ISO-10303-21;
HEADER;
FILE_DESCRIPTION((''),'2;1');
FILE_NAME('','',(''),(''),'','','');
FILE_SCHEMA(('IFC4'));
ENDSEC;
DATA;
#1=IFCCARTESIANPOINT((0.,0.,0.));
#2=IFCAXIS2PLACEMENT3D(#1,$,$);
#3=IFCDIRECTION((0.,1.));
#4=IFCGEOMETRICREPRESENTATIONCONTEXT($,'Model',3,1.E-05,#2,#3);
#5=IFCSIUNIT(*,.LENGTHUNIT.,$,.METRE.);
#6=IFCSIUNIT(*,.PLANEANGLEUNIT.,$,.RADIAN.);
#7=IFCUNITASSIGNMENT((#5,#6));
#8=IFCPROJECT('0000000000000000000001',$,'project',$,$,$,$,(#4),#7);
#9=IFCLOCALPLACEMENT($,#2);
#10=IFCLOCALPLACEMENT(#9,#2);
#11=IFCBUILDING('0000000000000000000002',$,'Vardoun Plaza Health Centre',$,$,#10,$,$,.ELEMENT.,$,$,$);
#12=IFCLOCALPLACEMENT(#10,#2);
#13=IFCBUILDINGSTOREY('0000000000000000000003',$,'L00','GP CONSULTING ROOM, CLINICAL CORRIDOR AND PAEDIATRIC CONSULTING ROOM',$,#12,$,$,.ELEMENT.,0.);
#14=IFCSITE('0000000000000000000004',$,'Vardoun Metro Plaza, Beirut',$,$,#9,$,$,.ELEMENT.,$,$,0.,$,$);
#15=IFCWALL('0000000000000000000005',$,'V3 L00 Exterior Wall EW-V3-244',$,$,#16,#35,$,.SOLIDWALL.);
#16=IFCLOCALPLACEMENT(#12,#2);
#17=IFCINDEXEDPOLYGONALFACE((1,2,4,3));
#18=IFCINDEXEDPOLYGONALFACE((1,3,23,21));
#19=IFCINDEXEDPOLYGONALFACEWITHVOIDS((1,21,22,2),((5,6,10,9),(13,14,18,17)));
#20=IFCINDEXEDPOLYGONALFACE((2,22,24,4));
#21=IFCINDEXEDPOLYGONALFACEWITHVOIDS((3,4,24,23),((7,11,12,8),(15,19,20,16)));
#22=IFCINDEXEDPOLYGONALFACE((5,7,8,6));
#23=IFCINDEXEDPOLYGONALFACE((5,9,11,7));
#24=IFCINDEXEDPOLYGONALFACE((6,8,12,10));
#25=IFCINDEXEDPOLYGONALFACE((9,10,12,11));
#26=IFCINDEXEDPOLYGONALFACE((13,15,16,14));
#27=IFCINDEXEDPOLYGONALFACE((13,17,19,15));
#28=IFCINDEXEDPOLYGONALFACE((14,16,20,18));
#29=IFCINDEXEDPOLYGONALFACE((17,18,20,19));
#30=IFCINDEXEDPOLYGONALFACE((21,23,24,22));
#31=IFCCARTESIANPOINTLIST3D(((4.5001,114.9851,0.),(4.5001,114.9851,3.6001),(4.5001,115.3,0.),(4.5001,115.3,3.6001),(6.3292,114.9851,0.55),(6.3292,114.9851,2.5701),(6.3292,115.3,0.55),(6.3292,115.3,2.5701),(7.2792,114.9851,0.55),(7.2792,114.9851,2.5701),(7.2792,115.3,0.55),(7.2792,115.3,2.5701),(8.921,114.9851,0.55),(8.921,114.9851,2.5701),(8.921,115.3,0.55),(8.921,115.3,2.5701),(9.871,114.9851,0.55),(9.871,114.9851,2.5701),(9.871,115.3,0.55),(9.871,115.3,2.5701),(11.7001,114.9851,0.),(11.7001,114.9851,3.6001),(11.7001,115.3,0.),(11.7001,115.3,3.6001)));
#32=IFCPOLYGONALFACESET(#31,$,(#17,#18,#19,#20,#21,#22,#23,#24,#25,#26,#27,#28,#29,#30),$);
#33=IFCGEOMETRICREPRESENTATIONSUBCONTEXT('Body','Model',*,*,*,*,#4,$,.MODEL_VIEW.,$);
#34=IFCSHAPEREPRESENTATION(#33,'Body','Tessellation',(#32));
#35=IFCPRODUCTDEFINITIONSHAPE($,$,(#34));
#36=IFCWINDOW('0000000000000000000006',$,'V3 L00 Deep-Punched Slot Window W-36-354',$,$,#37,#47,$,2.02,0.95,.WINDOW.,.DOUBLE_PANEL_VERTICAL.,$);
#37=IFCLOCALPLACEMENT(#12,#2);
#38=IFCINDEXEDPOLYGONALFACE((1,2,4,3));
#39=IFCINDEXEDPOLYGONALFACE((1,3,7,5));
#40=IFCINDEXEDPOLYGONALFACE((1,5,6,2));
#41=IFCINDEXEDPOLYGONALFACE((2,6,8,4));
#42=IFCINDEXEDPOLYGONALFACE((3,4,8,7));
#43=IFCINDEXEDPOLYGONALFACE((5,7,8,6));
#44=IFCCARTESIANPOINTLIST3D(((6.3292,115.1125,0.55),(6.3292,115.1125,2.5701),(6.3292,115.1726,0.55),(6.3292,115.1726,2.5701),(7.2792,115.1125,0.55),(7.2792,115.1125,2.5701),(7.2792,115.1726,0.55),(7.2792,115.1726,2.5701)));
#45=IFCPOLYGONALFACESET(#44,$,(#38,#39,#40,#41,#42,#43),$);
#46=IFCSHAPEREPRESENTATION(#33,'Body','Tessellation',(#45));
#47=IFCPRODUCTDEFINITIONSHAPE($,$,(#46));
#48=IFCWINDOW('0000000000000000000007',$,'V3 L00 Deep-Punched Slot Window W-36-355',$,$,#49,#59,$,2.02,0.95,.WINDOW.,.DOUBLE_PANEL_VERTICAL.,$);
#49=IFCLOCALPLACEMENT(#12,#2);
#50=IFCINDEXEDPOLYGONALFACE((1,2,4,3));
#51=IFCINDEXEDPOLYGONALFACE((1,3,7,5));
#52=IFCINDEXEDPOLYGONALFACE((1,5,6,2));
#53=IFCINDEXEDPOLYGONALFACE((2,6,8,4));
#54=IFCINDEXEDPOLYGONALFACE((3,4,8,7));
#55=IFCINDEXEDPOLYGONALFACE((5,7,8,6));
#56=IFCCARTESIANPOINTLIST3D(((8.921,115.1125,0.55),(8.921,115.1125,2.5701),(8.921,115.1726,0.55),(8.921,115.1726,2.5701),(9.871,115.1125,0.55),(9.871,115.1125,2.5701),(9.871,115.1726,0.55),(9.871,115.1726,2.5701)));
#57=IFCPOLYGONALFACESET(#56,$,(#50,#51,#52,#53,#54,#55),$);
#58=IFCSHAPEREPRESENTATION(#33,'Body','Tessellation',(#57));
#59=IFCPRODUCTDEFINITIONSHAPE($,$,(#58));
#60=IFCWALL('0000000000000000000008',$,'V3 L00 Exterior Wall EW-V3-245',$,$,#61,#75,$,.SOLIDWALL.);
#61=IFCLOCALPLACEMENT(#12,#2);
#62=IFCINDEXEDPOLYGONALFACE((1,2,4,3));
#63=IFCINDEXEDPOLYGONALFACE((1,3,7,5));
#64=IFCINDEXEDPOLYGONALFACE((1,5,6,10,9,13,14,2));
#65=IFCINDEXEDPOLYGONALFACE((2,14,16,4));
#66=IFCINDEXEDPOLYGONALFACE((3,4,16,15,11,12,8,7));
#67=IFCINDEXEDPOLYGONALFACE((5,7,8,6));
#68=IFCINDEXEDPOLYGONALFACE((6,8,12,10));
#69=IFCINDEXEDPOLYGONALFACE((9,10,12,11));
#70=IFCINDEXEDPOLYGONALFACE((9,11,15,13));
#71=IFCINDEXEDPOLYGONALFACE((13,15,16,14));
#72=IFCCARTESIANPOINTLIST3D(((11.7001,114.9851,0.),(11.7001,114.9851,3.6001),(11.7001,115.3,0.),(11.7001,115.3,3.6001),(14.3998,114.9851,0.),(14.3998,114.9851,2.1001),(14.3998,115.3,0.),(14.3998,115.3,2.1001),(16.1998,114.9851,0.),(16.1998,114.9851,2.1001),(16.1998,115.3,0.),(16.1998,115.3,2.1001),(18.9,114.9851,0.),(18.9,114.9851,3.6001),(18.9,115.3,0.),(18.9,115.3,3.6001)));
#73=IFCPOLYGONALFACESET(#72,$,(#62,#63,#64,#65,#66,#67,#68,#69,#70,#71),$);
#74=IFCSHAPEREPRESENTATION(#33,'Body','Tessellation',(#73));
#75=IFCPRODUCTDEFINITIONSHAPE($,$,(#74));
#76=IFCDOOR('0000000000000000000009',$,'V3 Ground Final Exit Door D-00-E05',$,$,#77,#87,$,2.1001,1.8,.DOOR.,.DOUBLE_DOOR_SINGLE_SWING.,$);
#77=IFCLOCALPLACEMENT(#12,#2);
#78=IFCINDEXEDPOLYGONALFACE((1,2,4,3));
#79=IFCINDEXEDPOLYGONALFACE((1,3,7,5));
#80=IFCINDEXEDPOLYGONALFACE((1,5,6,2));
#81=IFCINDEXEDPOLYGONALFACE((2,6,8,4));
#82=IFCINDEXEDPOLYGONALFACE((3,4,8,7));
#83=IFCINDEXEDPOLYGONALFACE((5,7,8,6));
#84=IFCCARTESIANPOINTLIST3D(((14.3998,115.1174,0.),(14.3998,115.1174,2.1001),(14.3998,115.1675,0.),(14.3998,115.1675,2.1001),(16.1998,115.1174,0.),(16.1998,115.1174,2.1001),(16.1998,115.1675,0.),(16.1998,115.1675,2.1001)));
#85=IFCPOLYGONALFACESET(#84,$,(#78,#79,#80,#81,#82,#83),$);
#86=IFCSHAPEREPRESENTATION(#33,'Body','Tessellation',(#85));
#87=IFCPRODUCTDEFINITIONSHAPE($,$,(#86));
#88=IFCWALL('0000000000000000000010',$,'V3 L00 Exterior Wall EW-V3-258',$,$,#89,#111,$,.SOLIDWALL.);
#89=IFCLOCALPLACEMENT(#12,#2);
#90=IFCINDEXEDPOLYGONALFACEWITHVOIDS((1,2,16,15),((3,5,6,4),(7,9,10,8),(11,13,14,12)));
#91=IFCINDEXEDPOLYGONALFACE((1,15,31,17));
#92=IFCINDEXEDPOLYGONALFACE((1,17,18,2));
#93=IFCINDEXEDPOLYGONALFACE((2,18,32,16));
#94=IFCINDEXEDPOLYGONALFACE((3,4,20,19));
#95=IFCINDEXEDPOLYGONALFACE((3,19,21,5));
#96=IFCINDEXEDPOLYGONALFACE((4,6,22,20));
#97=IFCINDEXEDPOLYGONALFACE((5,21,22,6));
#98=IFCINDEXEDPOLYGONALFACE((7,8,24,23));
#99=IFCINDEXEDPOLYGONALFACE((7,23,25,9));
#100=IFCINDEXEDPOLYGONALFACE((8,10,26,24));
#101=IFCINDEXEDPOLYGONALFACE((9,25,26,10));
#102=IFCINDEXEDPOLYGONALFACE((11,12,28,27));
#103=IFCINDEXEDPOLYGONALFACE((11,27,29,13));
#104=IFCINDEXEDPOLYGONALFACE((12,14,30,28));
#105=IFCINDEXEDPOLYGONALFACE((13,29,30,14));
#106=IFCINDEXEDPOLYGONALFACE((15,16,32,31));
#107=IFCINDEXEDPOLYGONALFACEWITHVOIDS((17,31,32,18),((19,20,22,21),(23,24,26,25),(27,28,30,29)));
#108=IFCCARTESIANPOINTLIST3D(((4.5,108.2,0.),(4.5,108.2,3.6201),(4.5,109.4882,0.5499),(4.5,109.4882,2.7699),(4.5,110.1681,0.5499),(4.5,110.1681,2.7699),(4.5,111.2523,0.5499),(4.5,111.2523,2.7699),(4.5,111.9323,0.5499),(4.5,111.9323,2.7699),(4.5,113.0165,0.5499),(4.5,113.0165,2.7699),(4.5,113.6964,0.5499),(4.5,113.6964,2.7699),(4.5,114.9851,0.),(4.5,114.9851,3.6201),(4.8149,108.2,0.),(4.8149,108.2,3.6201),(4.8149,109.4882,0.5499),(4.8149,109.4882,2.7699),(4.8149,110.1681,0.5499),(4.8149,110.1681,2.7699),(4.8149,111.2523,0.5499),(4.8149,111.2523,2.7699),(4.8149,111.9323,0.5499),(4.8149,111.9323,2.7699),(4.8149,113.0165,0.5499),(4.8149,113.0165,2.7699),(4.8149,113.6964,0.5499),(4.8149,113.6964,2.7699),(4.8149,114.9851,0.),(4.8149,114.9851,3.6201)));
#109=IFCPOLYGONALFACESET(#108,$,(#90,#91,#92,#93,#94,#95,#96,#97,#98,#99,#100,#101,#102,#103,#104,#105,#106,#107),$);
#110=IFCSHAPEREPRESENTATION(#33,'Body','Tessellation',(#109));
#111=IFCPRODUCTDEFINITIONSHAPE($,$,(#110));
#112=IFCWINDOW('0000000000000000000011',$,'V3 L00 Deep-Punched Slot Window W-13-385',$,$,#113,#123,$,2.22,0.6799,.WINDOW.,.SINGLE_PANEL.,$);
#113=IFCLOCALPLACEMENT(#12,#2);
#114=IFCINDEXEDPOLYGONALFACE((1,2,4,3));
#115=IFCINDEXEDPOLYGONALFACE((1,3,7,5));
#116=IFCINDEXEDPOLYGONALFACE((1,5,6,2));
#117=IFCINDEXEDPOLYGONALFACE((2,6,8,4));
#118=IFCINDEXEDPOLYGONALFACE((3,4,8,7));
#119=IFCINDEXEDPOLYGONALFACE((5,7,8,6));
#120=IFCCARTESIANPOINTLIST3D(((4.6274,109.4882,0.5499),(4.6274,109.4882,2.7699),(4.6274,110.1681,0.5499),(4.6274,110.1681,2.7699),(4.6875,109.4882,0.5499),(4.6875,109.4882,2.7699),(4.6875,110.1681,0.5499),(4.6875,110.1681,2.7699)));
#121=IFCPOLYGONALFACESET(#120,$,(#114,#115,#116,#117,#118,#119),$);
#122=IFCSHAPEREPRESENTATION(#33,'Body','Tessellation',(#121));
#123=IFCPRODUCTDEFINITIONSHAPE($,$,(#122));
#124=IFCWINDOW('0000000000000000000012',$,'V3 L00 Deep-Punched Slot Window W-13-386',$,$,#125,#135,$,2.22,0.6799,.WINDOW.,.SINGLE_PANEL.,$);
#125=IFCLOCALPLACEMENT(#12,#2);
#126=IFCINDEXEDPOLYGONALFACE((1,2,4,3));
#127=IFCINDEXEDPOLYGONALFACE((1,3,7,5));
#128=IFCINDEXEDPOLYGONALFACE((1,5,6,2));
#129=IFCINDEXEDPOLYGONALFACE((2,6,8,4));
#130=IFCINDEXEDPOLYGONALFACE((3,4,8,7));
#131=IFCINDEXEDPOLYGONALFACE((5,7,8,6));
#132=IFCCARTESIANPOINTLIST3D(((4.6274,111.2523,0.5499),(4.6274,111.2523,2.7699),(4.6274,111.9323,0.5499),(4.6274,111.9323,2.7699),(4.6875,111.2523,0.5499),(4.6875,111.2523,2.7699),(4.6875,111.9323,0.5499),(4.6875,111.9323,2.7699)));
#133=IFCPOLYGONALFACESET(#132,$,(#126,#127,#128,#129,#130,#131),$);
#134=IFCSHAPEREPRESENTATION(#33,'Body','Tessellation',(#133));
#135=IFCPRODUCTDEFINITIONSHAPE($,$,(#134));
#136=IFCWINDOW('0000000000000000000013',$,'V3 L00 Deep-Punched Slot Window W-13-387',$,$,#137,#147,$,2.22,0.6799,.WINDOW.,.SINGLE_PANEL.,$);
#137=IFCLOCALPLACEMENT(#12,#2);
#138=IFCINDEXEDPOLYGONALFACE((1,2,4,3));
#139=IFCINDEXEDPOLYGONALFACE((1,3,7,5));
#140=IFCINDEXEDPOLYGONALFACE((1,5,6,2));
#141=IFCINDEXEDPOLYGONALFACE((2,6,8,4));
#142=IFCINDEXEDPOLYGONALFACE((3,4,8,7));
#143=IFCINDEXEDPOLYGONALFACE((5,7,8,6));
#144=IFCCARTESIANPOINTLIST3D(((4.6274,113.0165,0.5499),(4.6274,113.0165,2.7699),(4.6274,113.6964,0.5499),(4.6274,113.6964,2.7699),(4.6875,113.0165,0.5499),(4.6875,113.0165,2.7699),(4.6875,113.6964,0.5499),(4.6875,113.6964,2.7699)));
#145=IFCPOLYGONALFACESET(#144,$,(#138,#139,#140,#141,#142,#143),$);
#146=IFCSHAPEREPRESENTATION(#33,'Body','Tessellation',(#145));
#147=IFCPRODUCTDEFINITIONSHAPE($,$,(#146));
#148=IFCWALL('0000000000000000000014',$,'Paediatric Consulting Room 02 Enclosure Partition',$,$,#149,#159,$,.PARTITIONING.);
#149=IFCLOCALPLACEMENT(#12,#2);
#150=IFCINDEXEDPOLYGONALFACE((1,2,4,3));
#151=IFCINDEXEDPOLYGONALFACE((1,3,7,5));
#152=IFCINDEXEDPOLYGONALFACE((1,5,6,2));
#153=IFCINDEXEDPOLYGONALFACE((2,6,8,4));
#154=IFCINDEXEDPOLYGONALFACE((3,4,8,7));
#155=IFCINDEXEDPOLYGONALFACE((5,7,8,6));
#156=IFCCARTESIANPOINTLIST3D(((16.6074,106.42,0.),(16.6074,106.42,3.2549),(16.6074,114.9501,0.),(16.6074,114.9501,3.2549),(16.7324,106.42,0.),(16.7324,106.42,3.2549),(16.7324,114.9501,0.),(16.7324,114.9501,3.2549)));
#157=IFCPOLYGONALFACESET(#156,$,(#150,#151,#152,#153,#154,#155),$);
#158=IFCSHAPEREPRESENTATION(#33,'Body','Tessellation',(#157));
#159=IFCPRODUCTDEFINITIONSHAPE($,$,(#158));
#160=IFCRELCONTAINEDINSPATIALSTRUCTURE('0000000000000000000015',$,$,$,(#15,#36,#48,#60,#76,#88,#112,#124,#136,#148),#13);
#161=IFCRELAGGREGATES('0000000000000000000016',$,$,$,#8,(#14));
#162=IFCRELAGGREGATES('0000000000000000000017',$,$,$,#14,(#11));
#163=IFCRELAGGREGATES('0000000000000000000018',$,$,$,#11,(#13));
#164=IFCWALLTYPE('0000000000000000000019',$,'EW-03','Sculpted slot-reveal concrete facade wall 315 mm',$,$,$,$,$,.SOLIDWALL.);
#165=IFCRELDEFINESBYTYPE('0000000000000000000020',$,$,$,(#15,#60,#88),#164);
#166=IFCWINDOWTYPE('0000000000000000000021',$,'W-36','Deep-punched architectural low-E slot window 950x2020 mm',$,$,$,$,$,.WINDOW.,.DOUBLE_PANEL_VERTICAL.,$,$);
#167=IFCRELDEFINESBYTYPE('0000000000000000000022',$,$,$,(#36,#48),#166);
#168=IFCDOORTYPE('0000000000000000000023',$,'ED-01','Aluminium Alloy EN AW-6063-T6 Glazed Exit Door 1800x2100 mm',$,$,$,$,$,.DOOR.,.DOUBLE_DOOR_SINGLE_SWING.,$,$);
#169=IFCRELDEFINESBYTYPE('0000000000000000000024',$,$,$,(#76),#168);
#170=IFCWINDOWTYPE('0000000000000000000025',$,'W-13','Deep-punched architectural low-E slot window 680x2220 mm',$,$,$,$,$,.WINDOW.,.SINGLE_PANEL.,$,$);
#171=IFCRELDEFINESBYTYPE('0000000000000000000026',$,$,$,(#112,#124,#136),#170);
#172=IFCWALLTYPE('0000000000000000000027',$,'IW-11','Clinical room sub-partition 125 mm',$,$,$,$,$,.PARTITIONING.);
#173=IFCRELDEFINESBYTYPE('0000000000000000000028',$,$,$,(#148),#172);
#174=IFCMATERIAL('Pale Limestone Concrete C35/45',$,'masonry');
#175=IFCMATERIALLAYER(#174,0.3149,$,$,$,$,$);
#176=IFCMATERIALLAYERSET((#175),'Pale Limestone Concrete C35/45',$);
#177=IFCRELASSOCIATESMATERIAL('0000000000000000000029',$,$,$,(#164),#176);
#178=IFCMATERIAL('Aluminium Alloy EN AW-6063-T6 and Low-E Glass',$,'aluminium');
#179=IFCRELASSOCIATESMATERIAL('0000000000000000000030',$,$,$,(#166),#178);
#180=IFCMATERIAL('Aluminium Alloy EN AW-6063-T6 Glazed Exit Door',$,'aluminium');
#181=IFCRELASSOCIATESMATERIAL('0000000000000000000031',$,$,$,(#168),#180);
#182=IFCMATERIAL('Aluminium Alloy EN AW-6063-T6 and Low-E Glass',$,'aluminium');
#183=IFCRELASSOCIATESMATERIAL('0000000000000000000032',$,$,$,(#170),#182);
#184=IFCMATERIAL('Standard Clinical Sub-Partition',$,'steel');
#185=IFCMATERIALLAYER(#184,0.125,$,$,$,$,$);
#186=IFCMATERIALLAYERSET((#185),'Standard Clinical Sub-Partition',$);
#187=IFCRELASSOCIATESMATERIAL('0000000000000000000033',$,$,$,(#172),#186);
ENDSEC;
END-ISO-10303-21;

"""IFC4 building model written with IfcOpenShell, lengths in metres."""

from ifc_helpers import new_model, si_unit, direction, frame, frame_2d, origin, place, context, subcontext, project, spatial, rectangle, extrude, material, layer, layer_set, type_object, element, fill, save


model = new_model("IFC4")

# Units and contexts
model_context = context("Model", 3, precision=1e-05, world=origin(), true_north=direction((0.0, 1.0)))
body_context = subcontext(model_context, "Body", "Model", "MODEL_VIEW")
ifc_project = project(units=[si_unit("LENGTHUNIT", "METRE"), si_unit("PLANEANGLEUNIT", "RADIAN")], contexts=[model_context])

# Site, building, storey
site_placement = place(None, origin())
site = spatial("IfcSite", under=ifc_project, at=site_placement, Name="Vardoun Metro Plaza, Beirut", CompositionType="ELEMENT", RefElevation=0.0)
building_placement = place(site_placement, origin())
building = spatial("IfcBuilding", under=site, at=building_placement, Name="Vardoun Plaza Health Centre", CompositionType="ELEMENT")
storey_placement = place(building_placement, origin())
storey = spatial("IfcBuildingStorey", under=building, at=storey_placement, Name="L00", Description="GP CONSULTING ROOM, CLINICAL CORRIDOR AND PAEDIATRIC CONSULTING ROOM", CompositionType="ELEMENT", Elevation=0.0)

# Wall, openings, windows
ifc_material_1 = material(Name="Pale Limestone Concrete C35/45", Category="masonry")
ifc_layer_1 = layer(ifc_material_1, 0.3149)
ifc_layer_set_1 = layer_set([ifc_layer_1], Name="Pale Limestone Concrete C35/45")
wall_type_1 = type_object("IfcWallType", Name="EW-03", Description="Sculpted slot-reveal concrete facade wall 315 mm", PredefinedType="SOLIDWALL", material=ifc_layer_set_1)
wall_1_placement = place(storey_placement, frame((4.5, 115.1426, 0.0), z_axis=(0.0, 0.0, 1.0), x_axis=(1.0, 0.0, 0.0)))
wall_1 = element("IfcWall", 1, at=wall_1_placement, inside=storey, type_object=wall_type_1, Name="V3 L00 Exterior Wall EW-V3-244", PredefinedType="SOLIDWALL", context=body_context, shape_type="SweptSolid", body=[
    extrude(rectangle(XDim=7.2, YDim=0.3149, at=frame_2d((3.6001, 0.0))), origin(), (0.0, 0.0, 1.0), 3.6001),
])
opening_1_placement = place(wall_1_placement, frame((1.8291, 0.0, 0.55)))
opening_1 = element("IfcOpeningElement", 2, at=opening_1_placement, cuts=wall_1, PredefinedType="OPENING", context=body_context, shape_type="SweptSolid", body=[
    extrude(rectangle(XDim=0.95, YDim=2.02, at=frame_2d((0.4751, 1.01))), frame((0.0, 0.1575, 0.0), z_axis=(0.0, -1.0, 0.0), x_axis=(1.0, 0.0, 0.0)), (0.0, 0.0, 1.0), 0.3149),
])
opening_2_placement = place(wall_1_placement, frame((4.4209, 0.0, 0.55)))
opening_2 = element("IfcOpeningElement", 3, at=opening_2_placement, cuts=wall_1, PredefinedType="OPENING", context=body_context, shape_type="SweptSolid", body=[
    extrude(rectangle(XDim=0.95, YDim=2.02, at=frame_2d((0.4751, 1.01))), frame((0.0, 0.1575, 0.0), z_axis=(0.0, -1.0, 0.0), x_axis=(1.0, 0.0, 0.0)), (0.0, 0.0, 1.0), 0.3149),
])
ifc_material_2 = material(Name="Aluminium Alloy EN AW-6063-T6 and Low-E Glass", Category="aluminium")
window_type_1 = type_object("IfcWindowType", Name="W-36", Description="Deep-punched architectural low-E slot window 950x2020 mm", PartitioningType="DOUBLE_PANEL_VERTICAL", PredefinedType="WINDOW", material=ifc_material_2)
window_1_placement = place(opening_1_placement, origin())
window_1 = element("IfcWindow", 4, at=window_1_placement, inside=storey, type_object=window_type_1, Name="V3 L00 Deep-Punched Slot Window W-36-354", OverallHeight=2.02, OverallWidth=0.95, PartitioningType="DOUBLE_PANEL_VERTICAL", PredefinedType="WINDOW", context=body_context, shape_type="SweptSolid", body=[
    extrude(rectangle(XDim=0.95, YDim=2.02, at=frame_2d((0.4751, 1.01))), frame((0.0, 0.03, 0.0), z_axis=(0.0, -1.0, 0.0), x_axis=(1.0, 0.0, 0.0)), (0.0, 0.0, 1.0), 0.0601),
])
fill(opening_1, window_1)
window_2_placement = place(opening_2_placement, origin())
window_2 = element("IfcWindow", 5, at=window_2_placement, inside=storey, type_object=window_type_1, Name="V3 L00 Deep-Punched Slot Window W-36-355", OverallHeight=2.02, OverallWidth=0.95, PartitioningType="DOUBLE_PANEL_VERTICAL", PredefinedType="WINDOW", context=body_context, shape_type="SweptSolid", body=[
    extrude(rectangle(XDim=0.95, YDim=2.02, at=frame_2d((0.4751, 1.01))), frame((0.0, 0.03, 0.0), z_axis=(0.0, -1.0, 0.0), x_axis=(1.0, 0.0, 0.0)), (0.0, 0.0, 1.0), 0.0601),
])
fill(opening_2, window_2)

# Wall, opening, door
wall_2_placement = place(storey_placement, frame((11.7, 115.1426, 0.0), z_axis=(0.0, 0.0, 1.0), x_axis=(1.0, 0.0, 0.0)))
wall_2 = element("IfcWall", 6, at=wall_2_placement, inside=storey, type_object=wall_type_1, Name="V3 L00 Exterior Wall EW-V3-245", PredefinedType="SOLIDWALL", context=body_context, shape_type="SweptSolid", body=[
    extrude(rectangle(XDim=7.2, YDim=0.3149, at=frame_2d((3.6001, 0.0))), origin(), (0.0, 0.0, 1.0), 3.6001),
])
opening_3_placement = place(wall_2_placement, frame((2.7, 0.0, 0.0)))
opening_3 = element("IfcOpeningElement", 7, at=opening_3_placement, cuts=wall_2, PredefinedType="OPENING", context=body_context, shape_type="SweptSolid", body=[
    extrude(rectangle(XDim=1.8, YDim=2.1001, at=frame_2d((0.8999, 1.05))), frame((0.0, 0.1575, 0.0), z_axis=(0.0, -1.0, 0.0), x_axis=(1.0, 0.0, 0.0)), (0.0, 0.0, 1.0), 0.3149),
])
ifc_material_3 = material(Name="Aluminium Alloy EN AW-6063-T6 Glazed Exit Door", Category="aluminium")
door_type = type_object("IfcDoorType", Name="ED-01", Description="Aluminium Alloy EN AW-6063-T6 Glazed Exit Door 1800x2100 mm", OperationType="DOUBLE_DOOR_SINGLE_SWING", PredefinedType="DOOR", material=ifc_material_3)
door_placement = place(opening_3_placement, origin())
door = element("IfcDoor", 8, at=door_placement, inside=storey, type_object=door_type, Name="V3 Ground Final Exit Door D-00-E05", OperationType="DOUBLE_DOOR_SINGLE_SWING", OverallHeight=2.1001, OverallWidth=1.8, PredefinedType="DOOR", context=body_context, shape_type="SweptSolid", body=[
    extrude(rectangle(XDim=1.8, YDim=2.1001, at=frame_2d((0.8999, 1.05))), frame((0.0, 0.0249, 0.0), z_axis=(0.0, -1.0, 0.0), x_axis=(1.0, 0.0, 0.0)), (0.0, 0.0, 1.0), 0.05),
])
fill(opening_3, door)

# Wall, openings, windows
wall_3_placement = place(storey_placement, frame((4.6575, 108.2, 0.0), z_axis=(0.0, 0.0, 1.0), x_axis=(0.0, 1.0, 0.0)))
wall_3 = element("IfcWall", 9, at=wall_3_placement, inside=storey, type_object=wall_type_1, Name="V3 L00 Exterior Wall EW-V3-258", PredefinedType="SOLIDWALL", context=body_context, shape_type="SweptSolid", body=[
    extrude(rectangle(XDim=6.7852, YDim=0.3149, at=frame_2d((3.3926, 0.0))), origin(), (0.0, 0.0, 1.0), 3.6201),
])
opening_4_placement = place(wall_3_placement, frame((1.2883, 0.0, 0.55)))
opening_4 = element("IfcOpeningElement", 10, at=opening_4_placement, cuts=wall_3, PredefinedType="OPENING", context=body_context, shape_type="SweptSolid", body=[
    extrude(rectangle(XDim=0.6799, YDim=2.22, at=frame_2d((0.3398, 1.1099))), frame((0.0, 0.1575, 0.0), z_axis=(0.0, -1.0, 0.0), x_axis=(1.0, 0.0, 0.0)), (0.0, 0.0, 1.0), 0.3149),
])
opening_5_placement = place(wall_3_placement, frame((3.0525, 0.0, 0.55)))
opening_5 = element("IfcOpeningElement", 11, at=opening_5_placement, cuts=wall_3, PredefinedType="OPENING", context=body_context, shape_type="SweptSolid", body=[
    extrude(rectangle(XDim=0.6799, YDim=2.22, at=frame_2d((0.3398, 1.1099))), frame((0.0, 0.1575, 0.0), z_axis=(0.0, -1.0, 0.0), x_axis=(1.0, 0.0, 0.0)), (0.0, 0.0, 1.0), 0.3149),
])
opening_6_placement = place(wall_3_placement, frame((4.8167, 0.0, 0.55)))
opening_6 = element("IfcOpeningElement", 12, at=opening_6_placement, cuts=wall_3, PredefinedType="OPENING", context=body_context, shape_type="SweptSolid", body=[
    extrude(rectangle(XDim=0.6799, YDim=2.22, at=frame_2d((0.3398, 1.1099))), frame((0.0, 0.1575, 0.0), z_axis=(0.0, -1.0, 0.0), x_axis=(1.0, 0.0, 0.0)), (0.0, 0.0, 1.0), 0.3149),
])
ifc_material_4 = material(Name="Aluminium Alloy EN AW-6063-T6 and Low-E Glass", Category="aluminium")
window_type_2 = type_object("IfcWindowType", Name="W-13", Description="Deep-punched architectural low-E slot window 680x2220 mm", PartitioningType="SINGLE_PANEL", PredefinedType="WINDOW", material=ifc_material_4)
window_3_placement = place(opening_4_placement, origin())
window_3 = element("IfcWindow", 13, at=window_3_placement, inside=storey, type_object=window_type_2, Name="V3 L00 Deep-Punched Slot Window W-13-385", OverallHeight=2.22, OverallWidth=0.6799, PartitioningType="SINGLE_PANEL", PredefinedType="WINDOW", context=body_context, shape_type="SweptSolid", body=[
    extrude(rectangle(XDim=0.6799, YDim=2.22, at=frame_2d((0.3398, 1.1099))), frame((0.0, 0.03, 0.0), z_axis=(0.0, -1.0, 0.0), x_axis=(1.0, 0.0, 0.0)), (0.0, 0.0, 1.0), 0.0601),
])
fill(opening_4, window_3)
window_4_placement = place(opening_5_placement, origin())
window_4 = element("IfcWindow", 14, at=window_4_placement, inside=storey, type_object=window_type_2, Name="V3 L00 Deep-Punched Slot Window W-13-386", OverallHeight=2.22, OverallWidth=0.6799, PartitioningType="SINGLE_PANEL", PredefinedType="WINDOW", context=body_context, shape_type="SweptSolid", body=[
    extrude(rectangle(XDim=0.6799, YDim=2.22, at=frame_2d((0.3398, 1.1099))), frame((0.0, 0.03, 0.0), z_axis=(0.0, -1.0, 0.0), x_axis=(1.0, 0.0, 0.0)), (0.0, 0.0, 1.0), 0.0601),
])
fill(opening_5, window_4)
window_5_placement = place(opening_6_placement, origin())
window_5 = element("IfcWindow", 15, at=window_5_placement, inside=storey, type_object=window_type_2, Name="V3 L00 Deep-Punched Slot Window W-13-387", OverallHeight=2.22, OverallWidth=0.6799, PartitioningType="SINGLE_PANEL", PredefinedType="WINDOW", context=body_context, shape_type="SweptSolid", body=[
    extrude(rectangle(XDim=0.6799, YDim=2.22, at=frame_2d((0.3398, 1.1099))), frame((0.0, 0.03, 0.0), z_axis=(0.0, -1.0, 0.0), x_axis=(1.0, 0.0, 0.0)), (0.0, 0.0, 1.0), 0.0601),
])
fill(opening_6, window_5)

# Wall
ifc_material_5 = material(Name="Standard Clinical Sub-Partition", Category="steel")
ifc_layer_2 = layer(ifc_material_5, 0.125)
ifc_layer_set_2 = layer_set([ifc_layer_2], Name="Standard Clinical Sub-Partition")
wall_type_2 = type_object("IfcWallType", Name="IW-11", Description="Clinical room sub-partition 125 mm", PredefinedType="PARTITIONING", material=ifc_layer_set_2)
for number, where, z_axis, x_axis, name in (
    (16, (16.6699, 106.4199, 0.0), (0.0, 0.0, 1.0), (0.0, 1.0, 0.0), "Paediatric Consulting Room 02 Enclosure Partition"),
):
    element("IfcWall", number, at=place(storey_placement, frame(where, z_axis=z_axis, x_axis=x_axis)), inside=storey, type_object=wall_type_2, Name=name, PredefinedType="PARTITIONING", context=body_context, shape_type="SweptSolid", body=[
        extrude(rectangle(XDim=8.53, YDim=0.125, at=frame_2d((4.2651, 0.0))), origin(), (0.0, 0.0, 1.0), 3.2549),
    ])

save(model, "model.ifc")
